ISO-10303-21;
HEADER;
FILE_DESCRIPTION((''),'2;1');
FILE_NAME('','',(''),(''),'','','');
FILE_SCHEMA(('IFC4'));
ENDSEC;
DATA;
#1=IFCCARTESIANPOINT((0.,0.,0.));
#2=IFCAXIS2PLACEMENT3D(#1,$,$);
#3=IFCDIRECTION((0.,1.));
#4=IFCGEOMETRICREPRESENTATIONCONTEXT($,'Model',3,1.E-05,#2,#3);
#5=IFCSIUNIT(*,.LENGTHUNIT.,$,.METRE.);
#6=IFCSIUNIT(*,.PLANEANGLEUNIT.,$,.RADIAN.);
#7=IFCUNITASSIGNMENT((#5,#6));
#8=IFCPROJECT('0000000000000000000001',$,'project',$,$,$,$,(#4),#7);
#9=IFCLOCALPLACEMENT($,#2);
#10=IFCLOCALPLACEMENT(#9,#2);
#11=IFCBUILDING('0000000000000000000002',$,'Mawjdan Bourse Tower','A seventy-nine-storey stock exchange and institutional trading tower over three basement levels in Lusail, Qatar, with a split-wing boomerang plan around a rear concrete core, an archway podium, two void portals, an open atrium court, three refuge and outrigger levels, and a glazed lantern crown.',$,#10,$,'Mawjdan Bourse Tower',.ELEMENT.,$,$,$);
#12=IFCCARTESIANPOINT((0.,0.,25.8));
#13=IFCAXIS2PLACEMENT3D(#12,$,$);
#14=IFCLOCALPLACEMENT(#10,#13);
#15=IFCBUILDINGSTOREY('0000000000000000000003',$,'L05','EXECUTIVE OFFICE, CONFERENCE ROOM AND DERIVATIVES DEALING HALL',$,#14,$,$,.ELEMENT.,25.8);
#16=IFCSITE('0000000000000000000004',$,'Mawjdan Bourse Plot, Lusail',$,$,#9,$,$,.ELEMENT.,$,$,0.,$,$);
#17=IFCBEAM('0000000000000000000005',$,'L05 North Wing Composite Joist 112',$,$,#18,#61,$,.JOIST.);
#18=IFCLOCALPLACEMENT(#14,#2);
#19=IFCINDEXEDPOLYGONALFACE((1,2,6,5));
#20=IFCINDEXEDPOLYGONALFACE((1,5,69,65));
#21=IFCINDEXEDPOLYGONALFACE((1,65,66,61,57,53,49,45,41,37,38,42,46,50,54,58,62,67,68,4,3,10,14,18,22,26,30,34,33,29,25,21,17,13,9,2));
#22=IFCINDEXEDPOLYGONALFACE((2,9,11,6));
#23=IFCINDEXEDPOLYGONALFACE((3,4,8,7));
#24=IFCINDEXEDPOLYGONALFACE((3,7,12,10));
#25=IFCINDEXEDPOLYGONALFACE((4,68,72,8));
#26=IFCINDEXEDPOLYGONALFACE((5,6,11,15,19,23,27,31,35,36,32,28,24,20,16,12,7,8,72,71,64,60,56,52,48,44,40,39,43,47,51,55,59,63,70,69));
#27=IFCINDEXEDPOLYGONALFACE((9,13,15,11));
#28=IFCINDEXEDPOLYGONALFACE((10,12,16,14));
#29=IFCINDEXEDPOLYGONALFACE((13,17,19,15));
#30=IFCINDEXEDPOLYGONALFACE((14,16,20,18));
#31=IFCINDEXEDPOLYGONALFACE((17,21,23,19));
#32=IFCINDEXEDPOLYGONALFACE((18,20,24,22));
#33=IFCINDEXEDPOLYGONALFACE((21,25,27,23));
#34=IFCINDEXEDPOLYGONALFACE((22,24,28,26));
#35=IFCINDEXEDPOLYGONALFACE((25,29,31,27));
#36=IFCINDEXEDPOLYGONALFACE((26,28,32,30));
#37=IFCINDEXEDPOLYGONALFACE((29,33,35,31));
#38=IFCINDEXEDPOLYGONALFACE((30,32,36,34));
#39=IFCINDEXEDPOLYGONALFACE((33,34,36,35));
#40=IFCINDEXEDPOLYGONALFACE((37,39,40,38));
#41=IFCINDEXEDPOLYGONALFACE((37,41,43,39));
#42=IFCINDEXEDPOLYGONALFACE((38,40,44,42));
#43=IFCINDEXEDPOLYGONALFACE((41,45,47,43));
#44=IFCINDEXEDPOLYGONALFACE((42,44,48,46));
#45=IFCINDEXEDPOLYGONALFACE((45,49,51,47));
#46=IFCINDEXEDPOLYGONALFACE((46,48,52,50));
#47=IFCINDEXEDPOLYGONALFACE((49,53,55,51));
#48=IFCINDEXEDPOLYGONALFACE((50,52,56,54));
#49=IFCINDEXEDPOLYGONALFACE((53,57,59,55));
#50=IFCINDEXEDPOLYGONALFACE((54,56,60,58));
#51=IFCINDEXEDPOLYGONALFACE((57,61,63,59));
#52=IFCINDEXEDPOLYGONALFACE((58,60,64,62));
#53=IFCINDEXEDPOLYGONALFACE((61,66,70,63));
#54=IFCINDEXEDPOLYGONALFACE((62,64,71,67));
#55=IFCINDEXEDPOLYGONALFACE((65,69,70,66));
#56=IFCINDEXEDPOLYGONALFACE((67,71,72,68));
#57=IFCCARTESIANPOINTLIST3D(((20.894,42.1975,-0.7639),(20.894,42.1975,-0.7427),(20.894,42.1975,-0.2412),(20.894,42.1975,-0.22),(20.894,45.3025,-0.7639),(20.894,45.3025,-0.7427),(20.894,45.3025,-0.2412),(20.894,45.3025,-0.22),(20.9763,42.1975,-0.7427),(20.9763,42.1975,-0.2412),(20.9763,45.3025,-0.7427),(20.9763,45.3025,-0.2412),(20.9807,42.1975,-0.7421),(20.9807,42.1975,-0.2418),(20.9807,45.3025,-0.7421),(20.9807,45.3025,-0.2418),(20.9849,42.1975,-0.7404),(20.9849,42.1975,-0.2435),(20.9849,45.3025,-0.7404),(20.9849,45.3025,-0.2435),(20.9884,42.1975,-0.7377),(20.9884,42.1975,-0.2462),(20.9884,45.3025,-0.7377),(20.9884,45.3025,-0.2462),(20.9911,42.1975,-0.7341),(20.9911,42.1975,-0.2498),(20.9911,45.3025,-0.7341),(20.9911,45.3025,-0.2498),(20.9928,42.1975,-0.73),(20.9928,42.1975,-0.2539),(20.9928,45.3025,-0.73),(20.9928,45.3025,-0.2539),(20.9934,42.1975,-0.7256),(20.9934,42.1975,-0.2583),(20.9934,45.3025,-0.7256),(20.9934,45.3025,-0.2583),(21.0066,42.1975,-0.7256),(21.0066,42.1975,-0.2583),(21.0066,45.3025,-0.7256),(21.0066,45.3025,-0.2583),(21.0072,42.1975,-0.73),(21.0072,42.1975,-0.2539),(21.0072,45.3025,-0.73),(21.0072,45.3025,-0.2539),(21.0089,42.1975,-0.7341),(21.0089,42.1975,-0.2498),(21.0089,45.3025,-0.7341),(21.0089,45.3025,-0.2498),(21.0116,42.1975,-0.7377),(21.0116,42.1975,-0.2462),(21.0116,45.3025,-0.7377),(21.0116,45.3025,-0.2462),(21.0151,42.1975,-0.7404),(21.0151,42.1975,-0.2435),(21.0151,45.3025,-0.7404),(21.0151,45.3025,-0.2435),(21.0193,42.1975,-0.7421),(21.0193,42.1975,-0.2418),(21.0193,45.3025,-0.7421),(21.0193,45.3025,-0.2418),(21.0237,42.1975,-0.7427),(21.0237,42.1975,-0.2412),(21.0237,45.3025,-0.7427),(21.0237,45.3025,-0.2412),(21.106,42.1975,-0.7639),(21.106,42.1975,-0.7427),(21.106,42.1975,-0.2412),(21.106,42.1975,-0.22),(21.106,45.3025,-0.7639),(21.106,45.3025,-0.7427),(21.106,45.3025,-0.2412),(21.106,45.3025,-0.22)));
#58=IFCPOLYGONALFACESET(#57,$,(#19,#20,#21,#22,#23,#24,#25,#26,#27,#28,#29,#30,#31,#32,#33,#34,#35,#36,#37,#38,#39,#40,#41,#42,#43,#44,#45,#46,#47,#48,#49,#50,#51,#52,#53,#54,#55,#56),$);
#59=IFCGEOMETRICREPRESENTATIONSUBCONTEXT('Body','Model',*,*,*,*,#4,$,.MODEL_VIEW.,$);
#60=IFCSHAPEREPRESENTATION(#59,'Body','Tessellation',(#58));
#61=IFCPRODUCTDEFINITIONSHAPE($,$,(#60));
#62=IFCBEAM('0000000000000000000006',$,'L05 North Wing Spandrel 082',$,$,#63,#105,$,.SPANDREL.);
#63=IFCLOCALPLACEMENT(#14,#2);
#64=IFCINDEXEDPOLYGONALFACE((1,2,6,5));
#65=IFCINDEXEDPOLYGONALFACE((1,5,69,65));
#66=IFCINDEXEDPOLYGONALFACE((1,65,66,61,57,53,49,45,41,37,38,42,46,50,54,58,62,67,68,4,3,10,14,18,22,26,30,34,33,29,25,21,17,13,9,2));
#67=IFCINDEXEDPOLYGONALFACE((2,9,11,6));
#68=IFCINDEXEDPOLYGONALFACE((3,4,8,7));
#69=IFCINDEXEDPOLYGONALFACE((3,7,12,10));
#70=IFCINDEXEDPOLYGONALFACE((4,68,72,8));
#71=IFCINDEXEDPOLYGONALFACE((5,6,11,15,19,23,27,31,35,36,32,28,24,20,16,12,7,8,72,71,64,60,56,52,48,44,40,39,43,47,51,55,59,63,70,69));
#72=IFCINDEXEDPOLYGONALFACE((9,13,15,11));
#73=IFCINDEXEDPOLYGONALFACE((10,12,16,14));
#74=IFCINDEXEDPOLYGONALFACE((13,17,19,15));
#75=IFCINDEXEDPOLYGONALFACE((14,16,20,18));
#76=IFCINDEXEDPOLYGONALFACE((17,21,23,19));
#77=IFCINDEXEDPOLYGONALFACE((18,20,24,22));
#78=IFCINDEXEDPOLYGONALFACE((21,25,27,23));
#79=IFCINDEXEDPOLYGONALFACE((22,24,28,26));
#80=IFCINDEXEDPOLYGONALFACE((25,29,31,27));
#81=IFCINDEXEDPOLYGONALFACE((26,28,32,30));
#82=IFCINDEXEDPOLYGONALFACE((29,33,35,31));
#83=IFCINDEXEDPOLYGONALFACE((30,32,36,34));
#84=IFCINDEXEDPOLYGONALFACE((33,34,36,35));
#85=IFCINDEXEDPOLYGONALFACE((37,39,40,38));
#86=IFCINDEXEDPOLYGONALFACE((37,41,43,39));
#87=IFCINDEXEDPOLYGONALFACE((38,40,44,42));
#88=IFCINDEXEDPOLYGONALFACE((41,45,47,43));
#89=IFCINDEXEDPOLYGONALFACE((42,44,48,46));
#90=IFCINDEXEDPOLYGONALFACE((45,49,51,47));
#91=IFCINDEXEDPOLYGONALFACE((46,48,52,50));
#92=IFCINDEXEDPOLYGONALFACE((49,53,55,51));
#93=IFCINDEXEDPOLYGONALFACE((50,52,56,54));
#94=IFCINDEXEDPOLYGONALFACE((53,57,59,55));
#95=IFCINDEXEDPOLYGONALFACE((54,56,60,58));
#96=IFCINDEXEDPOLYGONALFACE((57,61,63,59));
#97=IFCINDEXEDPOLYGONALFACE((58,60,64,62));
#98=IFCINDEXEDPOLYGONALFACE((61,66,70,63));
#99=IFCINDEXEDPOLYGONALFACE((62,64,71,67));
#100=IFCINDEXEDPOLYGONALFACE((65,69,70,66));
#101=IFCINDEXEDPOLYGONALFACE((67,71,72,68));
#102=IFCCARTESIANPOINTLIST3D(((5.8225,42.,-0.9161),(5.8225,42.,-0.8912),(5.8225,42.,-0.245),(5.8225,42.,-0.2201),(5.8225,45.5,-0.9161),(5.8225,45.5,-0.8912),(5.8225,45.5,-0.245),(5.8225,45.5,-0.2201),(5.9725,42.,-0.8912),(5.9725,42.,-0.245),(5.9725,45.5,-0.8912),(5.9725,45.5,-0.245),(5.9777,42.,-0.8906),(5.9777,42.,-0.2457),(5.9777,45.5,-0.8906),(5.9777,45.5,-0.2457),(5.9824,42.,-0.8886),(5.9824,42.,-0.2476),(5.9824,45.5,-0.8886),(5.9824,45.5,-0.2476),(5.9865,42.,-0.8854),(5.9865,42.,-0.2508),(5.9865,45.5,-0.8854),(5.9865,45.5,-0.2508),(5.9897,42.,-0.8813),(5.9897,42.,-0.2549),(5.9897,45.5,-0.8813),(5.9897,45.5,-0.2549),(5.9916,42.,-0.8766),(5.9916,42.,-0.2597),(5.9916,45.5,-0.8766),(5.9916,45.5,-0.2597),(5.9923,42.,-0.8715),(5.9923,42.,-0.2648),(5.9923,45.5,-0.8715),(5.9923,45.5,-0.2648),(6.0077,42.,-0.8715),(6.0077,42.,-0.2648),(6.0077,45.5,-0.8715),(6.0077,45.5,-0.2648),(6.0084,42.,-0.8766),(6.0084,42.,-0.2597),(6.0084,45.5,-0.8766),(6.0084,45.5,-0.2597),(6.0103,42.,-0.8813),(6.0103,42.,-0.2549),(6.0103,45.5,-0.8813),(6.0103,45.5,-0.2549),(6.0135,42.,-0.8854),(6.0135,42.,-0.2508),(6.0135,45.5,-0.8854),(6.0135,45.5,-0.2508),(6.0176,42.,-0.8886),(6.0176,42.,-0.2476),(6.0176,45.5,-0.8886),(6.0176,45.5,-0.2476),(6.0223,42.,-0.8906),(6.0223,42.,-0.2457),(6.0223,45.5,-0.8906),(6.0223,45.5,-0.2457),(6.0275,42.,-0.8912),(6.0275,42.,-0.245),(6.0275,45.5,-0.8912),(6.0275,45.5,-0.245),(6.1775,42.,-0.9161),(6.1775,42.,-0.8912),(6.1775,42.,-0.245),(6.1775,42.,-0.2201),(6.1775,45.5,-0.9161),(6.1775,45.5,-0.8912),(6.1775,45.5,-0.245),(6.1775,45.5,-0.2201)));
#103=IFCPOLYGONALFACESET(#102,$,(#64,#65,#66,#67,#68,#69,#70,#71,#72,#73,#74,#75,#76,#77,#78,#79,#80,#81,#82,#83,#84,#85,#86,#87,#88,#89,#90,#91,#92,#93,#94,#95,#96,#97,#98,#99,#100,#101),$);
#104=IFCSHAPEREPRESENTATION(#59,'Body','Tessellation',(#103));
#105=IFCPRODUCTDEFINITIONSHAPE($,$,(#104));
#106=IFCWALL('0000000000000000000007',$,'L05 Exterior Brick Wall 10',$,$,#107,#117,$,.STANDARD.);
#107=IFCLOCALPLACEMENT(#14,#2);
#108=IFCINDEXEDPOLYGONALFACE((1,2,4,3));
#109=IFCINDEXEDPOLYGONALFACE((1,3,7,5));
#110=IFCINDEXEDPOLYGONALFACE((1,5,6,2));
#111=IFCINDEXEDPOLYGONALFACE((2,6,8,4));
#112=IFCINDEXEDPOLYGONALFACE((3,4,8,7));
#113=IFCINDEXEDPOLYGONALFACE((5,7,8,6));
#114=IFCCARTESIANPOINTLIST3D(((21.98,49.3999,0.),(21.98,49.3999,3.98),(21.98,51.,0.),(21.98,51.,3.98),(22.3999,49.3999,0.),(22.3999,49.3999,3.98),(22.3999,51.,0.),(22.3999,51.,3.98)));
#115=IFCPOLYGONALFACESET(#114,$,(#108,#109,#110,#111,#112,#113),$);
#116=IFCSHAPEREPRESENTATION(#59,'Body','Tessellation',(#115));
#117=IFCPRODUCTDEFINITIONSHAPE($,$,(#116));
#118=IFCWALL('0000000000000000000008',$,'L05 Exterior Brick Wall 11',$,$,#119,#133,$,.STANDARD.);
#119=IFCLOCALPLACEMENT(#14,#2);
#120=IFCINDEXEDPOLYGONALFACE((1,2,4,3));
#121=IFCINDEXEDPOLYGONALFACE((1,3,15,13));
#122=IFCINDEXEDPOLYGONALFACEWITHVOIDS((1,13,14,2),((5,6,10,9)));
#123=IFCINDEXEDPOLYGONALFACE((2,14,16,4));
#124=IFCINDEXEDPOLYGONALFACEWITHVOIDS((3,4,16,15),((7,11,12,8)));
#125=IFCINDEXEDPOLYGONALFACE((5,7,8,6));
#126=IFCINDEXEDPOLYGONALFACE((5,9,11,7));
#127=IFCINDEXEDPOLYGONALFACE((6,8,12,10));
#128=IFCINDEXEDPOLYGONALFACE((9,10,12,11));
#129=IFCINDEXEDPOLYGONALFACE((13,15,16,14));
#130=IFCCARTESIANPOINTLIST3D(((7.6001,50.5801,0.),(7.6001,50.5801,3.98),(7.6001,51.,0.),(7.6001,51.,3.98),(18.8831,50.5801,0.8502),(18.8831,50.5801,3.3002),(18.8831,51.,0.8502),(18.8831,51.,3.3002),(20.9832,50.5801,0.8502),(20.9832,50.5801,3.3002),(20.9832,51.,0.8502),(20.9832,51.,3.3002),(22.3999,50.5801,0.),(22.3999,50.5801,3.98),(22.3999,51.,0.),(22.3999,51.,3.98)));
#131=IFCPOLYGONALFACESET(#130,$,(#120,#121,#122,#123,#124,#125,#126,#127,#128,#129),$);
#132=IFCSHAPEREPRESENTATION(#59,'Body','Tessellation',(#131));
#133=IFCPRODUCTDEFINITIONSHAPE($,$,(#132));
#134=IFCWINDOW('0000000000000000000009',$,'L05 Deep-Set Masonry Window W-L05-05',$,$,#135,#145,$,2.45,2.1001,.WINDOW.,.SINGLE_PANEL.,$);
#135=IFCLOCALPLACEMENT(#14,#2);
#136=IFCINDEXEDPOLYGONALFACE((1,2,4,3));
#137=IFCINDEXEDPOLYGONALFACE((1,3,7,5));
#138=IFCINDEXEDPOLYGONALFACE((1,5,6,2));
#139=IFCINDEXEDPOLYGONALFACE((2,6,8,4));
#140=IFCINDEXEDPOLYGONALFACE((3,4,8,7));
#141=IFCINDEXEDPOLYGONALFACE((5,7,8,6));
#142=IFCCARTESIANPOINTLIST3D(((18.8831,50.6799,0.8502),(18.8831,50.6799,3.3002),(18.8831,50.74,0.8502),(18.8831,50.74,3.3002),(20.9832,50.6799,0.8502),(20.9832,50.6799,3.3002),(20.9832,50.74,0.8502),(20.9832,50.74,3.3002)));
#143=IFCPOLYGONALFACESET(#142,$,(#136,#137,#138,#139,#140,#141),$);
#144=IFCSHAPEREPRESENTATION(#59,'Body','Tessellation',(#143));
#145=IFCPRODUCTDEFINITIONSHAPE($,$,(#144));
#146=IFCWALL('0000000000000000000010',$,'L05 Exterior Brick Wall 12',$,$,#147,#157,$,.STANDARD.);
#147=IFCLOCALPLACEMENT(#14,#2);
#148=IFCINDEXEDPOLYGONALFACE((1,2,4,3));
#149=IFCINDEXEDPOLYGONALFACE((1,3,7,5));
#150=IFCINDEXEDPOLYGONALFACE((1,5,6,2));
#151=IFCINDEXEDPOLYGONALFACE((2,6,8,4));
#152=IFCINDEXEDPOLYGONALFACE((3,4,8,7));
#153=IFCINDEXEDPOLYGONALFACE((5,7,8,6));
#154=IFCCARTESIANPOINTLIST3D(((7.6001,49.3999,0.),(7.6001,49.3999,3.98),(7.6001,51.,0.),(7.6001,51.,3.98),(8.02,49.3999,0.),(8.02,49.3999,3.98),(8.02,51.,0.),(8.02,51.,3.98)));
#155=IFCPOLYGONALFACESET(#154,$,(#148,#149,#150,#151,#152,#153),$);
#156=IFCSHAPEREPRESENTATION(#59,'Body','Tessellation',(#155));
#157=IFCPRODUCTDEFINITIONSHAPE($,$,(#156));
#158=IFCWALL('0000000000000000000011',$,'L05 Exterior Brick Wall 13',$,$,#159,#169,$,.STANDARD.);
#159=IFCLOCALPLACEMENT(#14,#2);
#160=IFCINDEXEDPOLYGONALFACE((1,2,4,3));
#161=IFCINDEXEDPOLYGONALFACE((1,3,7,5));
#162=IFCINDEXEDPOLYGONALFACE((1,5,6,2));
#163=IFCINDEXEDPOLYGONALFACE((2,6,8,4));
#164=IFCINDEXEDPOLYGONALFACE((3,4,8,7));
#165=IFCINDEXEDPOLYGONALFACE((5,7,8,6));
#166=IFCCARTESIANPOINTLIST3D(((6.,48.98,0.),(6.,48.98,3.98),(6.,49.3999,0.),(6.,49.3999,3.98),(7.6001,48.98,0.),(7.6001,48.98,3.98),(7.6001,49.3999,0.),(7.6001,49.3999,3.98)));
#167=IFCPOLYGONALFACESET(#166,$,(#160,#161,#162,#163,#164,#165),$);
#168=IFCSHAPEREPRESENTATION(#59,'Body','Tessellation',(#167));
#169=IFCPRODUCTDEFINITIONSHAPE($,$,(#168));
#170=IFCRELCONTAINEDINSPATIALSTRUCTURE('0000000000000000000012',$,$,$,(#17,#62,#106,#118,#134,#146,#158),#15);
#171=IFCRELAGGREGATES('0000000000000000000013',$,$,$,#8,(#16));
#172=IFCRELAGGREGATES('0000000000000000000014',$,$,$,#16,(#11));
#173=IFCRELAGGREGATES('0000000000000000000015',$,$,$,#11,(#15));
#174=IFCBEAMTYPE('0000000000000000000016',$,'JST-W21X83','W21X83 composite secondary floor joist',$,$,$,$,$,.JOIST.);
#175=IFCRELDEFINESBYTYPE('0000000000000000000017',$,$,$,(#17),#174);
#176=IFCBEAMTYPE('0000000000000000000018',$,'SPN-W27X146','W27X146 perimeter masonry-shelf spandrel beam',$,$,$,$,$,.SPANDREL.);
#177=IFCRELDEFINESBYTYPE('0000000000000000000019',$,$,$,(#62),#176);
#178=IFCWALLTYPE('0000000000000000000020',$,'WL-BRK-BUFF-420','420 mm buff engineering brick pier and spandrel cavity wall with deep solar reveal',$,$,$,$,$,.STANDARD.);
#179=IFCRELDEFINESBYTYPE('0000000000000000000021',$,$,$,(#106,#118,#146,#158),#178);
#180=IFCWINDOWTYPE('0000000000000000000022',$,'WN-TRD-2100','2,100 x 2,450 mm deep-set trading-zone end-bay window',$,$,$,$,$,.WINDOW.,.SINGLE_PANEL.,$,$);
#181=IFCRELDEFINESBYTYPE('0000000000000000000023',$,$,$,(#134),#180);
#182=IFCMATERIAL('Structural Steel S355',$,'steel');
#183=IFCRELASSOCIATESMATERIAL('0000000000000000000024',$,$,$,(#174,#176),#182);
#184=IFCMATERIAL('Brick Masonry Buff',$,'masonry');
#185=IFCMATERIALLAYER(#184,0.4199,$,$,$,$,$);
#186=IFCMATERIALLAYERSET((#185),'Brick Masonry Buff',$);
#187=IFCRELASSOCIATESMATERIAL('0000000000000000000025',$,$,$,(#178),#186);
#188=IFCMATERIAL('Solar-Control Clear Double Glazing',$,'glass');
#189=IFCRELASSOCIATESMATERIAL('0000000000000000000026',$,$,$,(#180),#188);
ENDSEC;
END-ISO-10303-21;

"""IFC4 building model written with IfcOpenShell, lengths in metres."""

from ifc_helpers import new_model, si_unit, direction, frame, frame_2d, origin, origin_2d, place, context, subcontext, project, spatial, rectangle, i_section, extrude, material, layer, layer_set, material_profile, profile_set, type_object, element, fill, save


model = new_model("IFC4")

# Units and contexts
model_context = context("Model", 3, precision=1e-05, world=origin(), true_north=direction((0.0, 1.0)))
body_context = subcontext(model_context, "Body", "Model", "MODEL_VIEW")
ifc_project = project(units=[si_unit("LENGTHUNIT", "METRE"), si_unit("PLANEANGLEUNIT", "RADIAN")], contexts=[model_context])

# Site, building, storey
site_placement = place(None, origin())
site = spatial("IfcSite", under=ifc_project, at=site_placement, Name="Mawjdan Bourse Plot, Lusail", CompositionType="ELEMENT", RefElevation=0.0)
building_placement = place(site_placement, origin())
building = spatial("IfcBuilding", under=site, at=building_placement, Name="Mawjdan Bourse Tower", Description="A seventy-nine-storey stock exchange and institutional trading tower over three basement levels in Lusail, Qatar, with a split-wing boomerang plan around a rear concrete core, an archway podium, two void portals, an open atrium court, three refuge and outrigger levels, and a glazed lantern crown.", LongName="Mawjdan Bourse Tower", CompositionType="ELEMENT")
storey_placement = place(building_placement, frame((0.0, 0.0, 25.8)))
storey = spatial("IfcBuildingStorey", under=building, at=storey_placement, Name="L05", Description="EXECUTIVE OFFICE, CONFERENCE ROOM AND DERIVATIVES DEALING HALL", CompositionType="ELEMENT", Elevation=25.8)

# Beams
ifc_material_1 = material(Name="Structural Steel S355", Category="steel")
ifc_material_profile_1 = material_profile(ifc_material_1, i_section(OverallWidth=0.2119, OverallDepth=0.5439, WebThickness=0.0132, FlangeThickness=0.0212, FilletRadius=0.0171, at=origin_2d()), Name="W21X83")
ifc_profile_set_1 = profile_set([ifc_material_profile_1], Name="Structural Steel S355")
beam_type_1 = type_object("IfcBeamType", Name="JST-W21X83", Description="W21X83 composite secondary floor joist", PredefinedType="JOIST", material=ifc_profile_set_1)
beam_1_placement = place(storey_placement, frame((21.0, 42.1975, -0.4919), z_axis=(0.0, 1.0, 0.0), x_axis=(-1.0, 0.0, 0.0)))
element("IfcBeam", 1, at=beam_1_placement, inside=storey, type_object=beam_type_1, Name="L05 North Wing Composite Joist 112", PredefinedType="JOIST", context=body_context, shape_type="SweptSolid", body=[
    extrude(i_section(OverallWidth=0.2119, OverallDepth=0.5439, WebThickness=0.0132, FlangeThickness=0.0212, FilletRadius=0.0171, at=origin_2d()), origin(), (0.0, 0.0, 1.0), 3.105),
])
ifc_material_profile_2 = material_profile(ifc_material_1, i_section(OverallWidth=0.355, OverallDepth=0.696, WebThickness=0.0154, FlangeThickness=0.0249, FilletRadius=0.0198, at=origin_2d()), Name="W27X146")
ifc_profile_set_2 = profile_set([ifc_material_profile_2], Name="Structural Steel S355")
beam_type_2 = type_object("IfcBeamType", Name="SPN-W27X146", Description="W27X146 perimeter masonry-shelf spandrel beam", PredefinedType="SPANDREL", material=ifc_profile_set_2)
beam_2_placement = place(storey_placement, frame((6.0, 42.0, -0.5681), z_axis=(0.0, 1.0, 0.0), x_axis=(-1.0, 0.0, 0.0)))
element("IfcBeam", 2, at=beam_2_placement, inside=storey, type_object=beam_type_2, Name="L05 North Wing Spandrel 082", PredefinedType="SPANDREL", context=body_context, shape_type="SweptSolid", body=[
    extrude(i_section(OverallWidth=0.355, OverallDepth=0.696, WebThickness=0.0154, FlangeThickness=0.0249, FilletRadius=0.0198, at=origin_2d()), origin(), (0.0, 0.0, 1.0), 3.5),
])

# Wall
ifc_material_2 = material(Name="Brick Masonry Buff", Category="masonry")
ifc_layer_1 = layer(ifc_material_2, 0.4199)
ifc_layer_set_1 = layer_set([ifc_layer_1], Name="Brick Masonry Buff")
wall_type_1 = type_object("IfcWallType", Name="WL-BRK-BUFF-420", Description="420 mm buff engineering brick pier and spandrel cavity wall with deep solar reveal", PredefinedType="STANDARD", material=ifc_layer_set_1)
wall_1_placement = place(storey_placement, frame((22.1899, 49.3999, 0.0), z_axis=(0.0, 0.0, 1.0), x_axis=(0.0, 1.0, 0.0)))
element("IfcWall", 3, at=wall_1_placement, inside=storey, type_object=wall_type_1, Name="L05 Exterior Brick Wall 10", PredefinedType="STANDARD", context=body_context, shape_type="SweptSolid", body=[
    extrude(rectangle(XDim=1.6001, YDim=0.4199, at=frame_2d((0.8, 0.0))), origin(), (0.0, 0.0, 1.0), 3.98),
])

# Wall, opening, window
wall_2_placement = place(storey_placement, frame((22.3999, 50.79, 0.0), z_axis=(0.0, 0.0, 1.0), x_axis=(-1.0, 0.0, 0.0)))
wall_2 = element("IfcWall", 4, at=wall_2_placement, inside=storey, type_object=wall_type_1, Name="L05 Exterior Brick Wall 11", PredefinedType="STANDARD", context=body_context, shape_type="SweptSolid", body=[
    extrude(rectangle(XDim=14.7998, YDim=0.4199, at=frame_2d((7.3999, 0.0))), origin(), (0.0, 0.0, 1.0), 3.98),
])
opening_1_placement = place(wall_2_placement, frame((1.4167, 0.0, 0.8501)))
opening_1 = element("IfcOpeningElement", 5, at=opening_1_placement, cuts=wall_2, PredefinedType="OPENING", context=body_context, shape_type="SweptSolid", body=[
    extrude(rectangle(XDim=2.1001, YDim=2.45, at=frame_2d((1.05, 1.2251))), frame((0.0, 0.22, 0.0), z_axis=(0.0, -1.0, 0.0), x_axis=(1.0, 0.0, 0.0)), (0.0, 0.0, 1.0), 0.4399),
])
ifc_material_3 = material(Name="Solar-Control Clear Double Glazing", Category="glass")
window_type_1 = type_object("IfcWindowType", Name="WN-TRD-2100", Description="2,100 x 2,450 mm deep-set trading-zone end-bay window", PartitioningType="SINGLE_PANEL", PredefinedType="WINDOW", material=ifc_material_3)
window_1_placement = place(opening_1_placement, origin())
window_1 = element("IfcWindow", 6, at=window_1_placement, inside=storey, type_object=window_type_1, Name="L05 Deep-Set Masonry Window W-L05-05", OverallHeight=2.45, OverallWidth=2.1001, PartitioningType="SINGLE_PANEL", PredefinedType="WINDOW", context=body_context, shape_type="SweptSolid", body=[
    extrude(rectangle(XDim=2.1001, YDim=2.45, at=frame_2d((1.05, 1.2251))), frame((0.0, 0.1101, 0.0), z_axis=(0.0, -1.0, 0.0), x_axis=(1.0, 0.0, 0.0)), (0.0, 0.0, 1.0), 0.0601),
])
fill(opening_1, window_1)

# Walls
for number, where, z_axis, x_axis, name in (
    (7, (7.8101, 51.0, 0.0), (0.0, 0.0, 1.0), (0.0, -1.0, 0.0), "L05 Exterior Brick Wall 12"),
    (8, (7.6001, 49.1899, 0.0), (0.0, 0.0, 1.0), (-1.0, 0.0, 0.0), "L05 Exterior Brick Wall 13"),
):
    element("IfcWall", number, at=place(storey_placement, frame(where, z_axis=z_axis, x_axis=x_axis)), inside=storey, type_object=wall_type_1, Name=name, PredefinedType="STANDARD", context=body_context, shape_type="SweptSolid", body=[
        extrude(rectangle(XDim=1.6001, YDim=0.4199, at=frame_2d((0.8, 0.0))), origin(), (0.0, 0.0, 1.0), 3.98),
    ])

save(model, "model.ifc")
